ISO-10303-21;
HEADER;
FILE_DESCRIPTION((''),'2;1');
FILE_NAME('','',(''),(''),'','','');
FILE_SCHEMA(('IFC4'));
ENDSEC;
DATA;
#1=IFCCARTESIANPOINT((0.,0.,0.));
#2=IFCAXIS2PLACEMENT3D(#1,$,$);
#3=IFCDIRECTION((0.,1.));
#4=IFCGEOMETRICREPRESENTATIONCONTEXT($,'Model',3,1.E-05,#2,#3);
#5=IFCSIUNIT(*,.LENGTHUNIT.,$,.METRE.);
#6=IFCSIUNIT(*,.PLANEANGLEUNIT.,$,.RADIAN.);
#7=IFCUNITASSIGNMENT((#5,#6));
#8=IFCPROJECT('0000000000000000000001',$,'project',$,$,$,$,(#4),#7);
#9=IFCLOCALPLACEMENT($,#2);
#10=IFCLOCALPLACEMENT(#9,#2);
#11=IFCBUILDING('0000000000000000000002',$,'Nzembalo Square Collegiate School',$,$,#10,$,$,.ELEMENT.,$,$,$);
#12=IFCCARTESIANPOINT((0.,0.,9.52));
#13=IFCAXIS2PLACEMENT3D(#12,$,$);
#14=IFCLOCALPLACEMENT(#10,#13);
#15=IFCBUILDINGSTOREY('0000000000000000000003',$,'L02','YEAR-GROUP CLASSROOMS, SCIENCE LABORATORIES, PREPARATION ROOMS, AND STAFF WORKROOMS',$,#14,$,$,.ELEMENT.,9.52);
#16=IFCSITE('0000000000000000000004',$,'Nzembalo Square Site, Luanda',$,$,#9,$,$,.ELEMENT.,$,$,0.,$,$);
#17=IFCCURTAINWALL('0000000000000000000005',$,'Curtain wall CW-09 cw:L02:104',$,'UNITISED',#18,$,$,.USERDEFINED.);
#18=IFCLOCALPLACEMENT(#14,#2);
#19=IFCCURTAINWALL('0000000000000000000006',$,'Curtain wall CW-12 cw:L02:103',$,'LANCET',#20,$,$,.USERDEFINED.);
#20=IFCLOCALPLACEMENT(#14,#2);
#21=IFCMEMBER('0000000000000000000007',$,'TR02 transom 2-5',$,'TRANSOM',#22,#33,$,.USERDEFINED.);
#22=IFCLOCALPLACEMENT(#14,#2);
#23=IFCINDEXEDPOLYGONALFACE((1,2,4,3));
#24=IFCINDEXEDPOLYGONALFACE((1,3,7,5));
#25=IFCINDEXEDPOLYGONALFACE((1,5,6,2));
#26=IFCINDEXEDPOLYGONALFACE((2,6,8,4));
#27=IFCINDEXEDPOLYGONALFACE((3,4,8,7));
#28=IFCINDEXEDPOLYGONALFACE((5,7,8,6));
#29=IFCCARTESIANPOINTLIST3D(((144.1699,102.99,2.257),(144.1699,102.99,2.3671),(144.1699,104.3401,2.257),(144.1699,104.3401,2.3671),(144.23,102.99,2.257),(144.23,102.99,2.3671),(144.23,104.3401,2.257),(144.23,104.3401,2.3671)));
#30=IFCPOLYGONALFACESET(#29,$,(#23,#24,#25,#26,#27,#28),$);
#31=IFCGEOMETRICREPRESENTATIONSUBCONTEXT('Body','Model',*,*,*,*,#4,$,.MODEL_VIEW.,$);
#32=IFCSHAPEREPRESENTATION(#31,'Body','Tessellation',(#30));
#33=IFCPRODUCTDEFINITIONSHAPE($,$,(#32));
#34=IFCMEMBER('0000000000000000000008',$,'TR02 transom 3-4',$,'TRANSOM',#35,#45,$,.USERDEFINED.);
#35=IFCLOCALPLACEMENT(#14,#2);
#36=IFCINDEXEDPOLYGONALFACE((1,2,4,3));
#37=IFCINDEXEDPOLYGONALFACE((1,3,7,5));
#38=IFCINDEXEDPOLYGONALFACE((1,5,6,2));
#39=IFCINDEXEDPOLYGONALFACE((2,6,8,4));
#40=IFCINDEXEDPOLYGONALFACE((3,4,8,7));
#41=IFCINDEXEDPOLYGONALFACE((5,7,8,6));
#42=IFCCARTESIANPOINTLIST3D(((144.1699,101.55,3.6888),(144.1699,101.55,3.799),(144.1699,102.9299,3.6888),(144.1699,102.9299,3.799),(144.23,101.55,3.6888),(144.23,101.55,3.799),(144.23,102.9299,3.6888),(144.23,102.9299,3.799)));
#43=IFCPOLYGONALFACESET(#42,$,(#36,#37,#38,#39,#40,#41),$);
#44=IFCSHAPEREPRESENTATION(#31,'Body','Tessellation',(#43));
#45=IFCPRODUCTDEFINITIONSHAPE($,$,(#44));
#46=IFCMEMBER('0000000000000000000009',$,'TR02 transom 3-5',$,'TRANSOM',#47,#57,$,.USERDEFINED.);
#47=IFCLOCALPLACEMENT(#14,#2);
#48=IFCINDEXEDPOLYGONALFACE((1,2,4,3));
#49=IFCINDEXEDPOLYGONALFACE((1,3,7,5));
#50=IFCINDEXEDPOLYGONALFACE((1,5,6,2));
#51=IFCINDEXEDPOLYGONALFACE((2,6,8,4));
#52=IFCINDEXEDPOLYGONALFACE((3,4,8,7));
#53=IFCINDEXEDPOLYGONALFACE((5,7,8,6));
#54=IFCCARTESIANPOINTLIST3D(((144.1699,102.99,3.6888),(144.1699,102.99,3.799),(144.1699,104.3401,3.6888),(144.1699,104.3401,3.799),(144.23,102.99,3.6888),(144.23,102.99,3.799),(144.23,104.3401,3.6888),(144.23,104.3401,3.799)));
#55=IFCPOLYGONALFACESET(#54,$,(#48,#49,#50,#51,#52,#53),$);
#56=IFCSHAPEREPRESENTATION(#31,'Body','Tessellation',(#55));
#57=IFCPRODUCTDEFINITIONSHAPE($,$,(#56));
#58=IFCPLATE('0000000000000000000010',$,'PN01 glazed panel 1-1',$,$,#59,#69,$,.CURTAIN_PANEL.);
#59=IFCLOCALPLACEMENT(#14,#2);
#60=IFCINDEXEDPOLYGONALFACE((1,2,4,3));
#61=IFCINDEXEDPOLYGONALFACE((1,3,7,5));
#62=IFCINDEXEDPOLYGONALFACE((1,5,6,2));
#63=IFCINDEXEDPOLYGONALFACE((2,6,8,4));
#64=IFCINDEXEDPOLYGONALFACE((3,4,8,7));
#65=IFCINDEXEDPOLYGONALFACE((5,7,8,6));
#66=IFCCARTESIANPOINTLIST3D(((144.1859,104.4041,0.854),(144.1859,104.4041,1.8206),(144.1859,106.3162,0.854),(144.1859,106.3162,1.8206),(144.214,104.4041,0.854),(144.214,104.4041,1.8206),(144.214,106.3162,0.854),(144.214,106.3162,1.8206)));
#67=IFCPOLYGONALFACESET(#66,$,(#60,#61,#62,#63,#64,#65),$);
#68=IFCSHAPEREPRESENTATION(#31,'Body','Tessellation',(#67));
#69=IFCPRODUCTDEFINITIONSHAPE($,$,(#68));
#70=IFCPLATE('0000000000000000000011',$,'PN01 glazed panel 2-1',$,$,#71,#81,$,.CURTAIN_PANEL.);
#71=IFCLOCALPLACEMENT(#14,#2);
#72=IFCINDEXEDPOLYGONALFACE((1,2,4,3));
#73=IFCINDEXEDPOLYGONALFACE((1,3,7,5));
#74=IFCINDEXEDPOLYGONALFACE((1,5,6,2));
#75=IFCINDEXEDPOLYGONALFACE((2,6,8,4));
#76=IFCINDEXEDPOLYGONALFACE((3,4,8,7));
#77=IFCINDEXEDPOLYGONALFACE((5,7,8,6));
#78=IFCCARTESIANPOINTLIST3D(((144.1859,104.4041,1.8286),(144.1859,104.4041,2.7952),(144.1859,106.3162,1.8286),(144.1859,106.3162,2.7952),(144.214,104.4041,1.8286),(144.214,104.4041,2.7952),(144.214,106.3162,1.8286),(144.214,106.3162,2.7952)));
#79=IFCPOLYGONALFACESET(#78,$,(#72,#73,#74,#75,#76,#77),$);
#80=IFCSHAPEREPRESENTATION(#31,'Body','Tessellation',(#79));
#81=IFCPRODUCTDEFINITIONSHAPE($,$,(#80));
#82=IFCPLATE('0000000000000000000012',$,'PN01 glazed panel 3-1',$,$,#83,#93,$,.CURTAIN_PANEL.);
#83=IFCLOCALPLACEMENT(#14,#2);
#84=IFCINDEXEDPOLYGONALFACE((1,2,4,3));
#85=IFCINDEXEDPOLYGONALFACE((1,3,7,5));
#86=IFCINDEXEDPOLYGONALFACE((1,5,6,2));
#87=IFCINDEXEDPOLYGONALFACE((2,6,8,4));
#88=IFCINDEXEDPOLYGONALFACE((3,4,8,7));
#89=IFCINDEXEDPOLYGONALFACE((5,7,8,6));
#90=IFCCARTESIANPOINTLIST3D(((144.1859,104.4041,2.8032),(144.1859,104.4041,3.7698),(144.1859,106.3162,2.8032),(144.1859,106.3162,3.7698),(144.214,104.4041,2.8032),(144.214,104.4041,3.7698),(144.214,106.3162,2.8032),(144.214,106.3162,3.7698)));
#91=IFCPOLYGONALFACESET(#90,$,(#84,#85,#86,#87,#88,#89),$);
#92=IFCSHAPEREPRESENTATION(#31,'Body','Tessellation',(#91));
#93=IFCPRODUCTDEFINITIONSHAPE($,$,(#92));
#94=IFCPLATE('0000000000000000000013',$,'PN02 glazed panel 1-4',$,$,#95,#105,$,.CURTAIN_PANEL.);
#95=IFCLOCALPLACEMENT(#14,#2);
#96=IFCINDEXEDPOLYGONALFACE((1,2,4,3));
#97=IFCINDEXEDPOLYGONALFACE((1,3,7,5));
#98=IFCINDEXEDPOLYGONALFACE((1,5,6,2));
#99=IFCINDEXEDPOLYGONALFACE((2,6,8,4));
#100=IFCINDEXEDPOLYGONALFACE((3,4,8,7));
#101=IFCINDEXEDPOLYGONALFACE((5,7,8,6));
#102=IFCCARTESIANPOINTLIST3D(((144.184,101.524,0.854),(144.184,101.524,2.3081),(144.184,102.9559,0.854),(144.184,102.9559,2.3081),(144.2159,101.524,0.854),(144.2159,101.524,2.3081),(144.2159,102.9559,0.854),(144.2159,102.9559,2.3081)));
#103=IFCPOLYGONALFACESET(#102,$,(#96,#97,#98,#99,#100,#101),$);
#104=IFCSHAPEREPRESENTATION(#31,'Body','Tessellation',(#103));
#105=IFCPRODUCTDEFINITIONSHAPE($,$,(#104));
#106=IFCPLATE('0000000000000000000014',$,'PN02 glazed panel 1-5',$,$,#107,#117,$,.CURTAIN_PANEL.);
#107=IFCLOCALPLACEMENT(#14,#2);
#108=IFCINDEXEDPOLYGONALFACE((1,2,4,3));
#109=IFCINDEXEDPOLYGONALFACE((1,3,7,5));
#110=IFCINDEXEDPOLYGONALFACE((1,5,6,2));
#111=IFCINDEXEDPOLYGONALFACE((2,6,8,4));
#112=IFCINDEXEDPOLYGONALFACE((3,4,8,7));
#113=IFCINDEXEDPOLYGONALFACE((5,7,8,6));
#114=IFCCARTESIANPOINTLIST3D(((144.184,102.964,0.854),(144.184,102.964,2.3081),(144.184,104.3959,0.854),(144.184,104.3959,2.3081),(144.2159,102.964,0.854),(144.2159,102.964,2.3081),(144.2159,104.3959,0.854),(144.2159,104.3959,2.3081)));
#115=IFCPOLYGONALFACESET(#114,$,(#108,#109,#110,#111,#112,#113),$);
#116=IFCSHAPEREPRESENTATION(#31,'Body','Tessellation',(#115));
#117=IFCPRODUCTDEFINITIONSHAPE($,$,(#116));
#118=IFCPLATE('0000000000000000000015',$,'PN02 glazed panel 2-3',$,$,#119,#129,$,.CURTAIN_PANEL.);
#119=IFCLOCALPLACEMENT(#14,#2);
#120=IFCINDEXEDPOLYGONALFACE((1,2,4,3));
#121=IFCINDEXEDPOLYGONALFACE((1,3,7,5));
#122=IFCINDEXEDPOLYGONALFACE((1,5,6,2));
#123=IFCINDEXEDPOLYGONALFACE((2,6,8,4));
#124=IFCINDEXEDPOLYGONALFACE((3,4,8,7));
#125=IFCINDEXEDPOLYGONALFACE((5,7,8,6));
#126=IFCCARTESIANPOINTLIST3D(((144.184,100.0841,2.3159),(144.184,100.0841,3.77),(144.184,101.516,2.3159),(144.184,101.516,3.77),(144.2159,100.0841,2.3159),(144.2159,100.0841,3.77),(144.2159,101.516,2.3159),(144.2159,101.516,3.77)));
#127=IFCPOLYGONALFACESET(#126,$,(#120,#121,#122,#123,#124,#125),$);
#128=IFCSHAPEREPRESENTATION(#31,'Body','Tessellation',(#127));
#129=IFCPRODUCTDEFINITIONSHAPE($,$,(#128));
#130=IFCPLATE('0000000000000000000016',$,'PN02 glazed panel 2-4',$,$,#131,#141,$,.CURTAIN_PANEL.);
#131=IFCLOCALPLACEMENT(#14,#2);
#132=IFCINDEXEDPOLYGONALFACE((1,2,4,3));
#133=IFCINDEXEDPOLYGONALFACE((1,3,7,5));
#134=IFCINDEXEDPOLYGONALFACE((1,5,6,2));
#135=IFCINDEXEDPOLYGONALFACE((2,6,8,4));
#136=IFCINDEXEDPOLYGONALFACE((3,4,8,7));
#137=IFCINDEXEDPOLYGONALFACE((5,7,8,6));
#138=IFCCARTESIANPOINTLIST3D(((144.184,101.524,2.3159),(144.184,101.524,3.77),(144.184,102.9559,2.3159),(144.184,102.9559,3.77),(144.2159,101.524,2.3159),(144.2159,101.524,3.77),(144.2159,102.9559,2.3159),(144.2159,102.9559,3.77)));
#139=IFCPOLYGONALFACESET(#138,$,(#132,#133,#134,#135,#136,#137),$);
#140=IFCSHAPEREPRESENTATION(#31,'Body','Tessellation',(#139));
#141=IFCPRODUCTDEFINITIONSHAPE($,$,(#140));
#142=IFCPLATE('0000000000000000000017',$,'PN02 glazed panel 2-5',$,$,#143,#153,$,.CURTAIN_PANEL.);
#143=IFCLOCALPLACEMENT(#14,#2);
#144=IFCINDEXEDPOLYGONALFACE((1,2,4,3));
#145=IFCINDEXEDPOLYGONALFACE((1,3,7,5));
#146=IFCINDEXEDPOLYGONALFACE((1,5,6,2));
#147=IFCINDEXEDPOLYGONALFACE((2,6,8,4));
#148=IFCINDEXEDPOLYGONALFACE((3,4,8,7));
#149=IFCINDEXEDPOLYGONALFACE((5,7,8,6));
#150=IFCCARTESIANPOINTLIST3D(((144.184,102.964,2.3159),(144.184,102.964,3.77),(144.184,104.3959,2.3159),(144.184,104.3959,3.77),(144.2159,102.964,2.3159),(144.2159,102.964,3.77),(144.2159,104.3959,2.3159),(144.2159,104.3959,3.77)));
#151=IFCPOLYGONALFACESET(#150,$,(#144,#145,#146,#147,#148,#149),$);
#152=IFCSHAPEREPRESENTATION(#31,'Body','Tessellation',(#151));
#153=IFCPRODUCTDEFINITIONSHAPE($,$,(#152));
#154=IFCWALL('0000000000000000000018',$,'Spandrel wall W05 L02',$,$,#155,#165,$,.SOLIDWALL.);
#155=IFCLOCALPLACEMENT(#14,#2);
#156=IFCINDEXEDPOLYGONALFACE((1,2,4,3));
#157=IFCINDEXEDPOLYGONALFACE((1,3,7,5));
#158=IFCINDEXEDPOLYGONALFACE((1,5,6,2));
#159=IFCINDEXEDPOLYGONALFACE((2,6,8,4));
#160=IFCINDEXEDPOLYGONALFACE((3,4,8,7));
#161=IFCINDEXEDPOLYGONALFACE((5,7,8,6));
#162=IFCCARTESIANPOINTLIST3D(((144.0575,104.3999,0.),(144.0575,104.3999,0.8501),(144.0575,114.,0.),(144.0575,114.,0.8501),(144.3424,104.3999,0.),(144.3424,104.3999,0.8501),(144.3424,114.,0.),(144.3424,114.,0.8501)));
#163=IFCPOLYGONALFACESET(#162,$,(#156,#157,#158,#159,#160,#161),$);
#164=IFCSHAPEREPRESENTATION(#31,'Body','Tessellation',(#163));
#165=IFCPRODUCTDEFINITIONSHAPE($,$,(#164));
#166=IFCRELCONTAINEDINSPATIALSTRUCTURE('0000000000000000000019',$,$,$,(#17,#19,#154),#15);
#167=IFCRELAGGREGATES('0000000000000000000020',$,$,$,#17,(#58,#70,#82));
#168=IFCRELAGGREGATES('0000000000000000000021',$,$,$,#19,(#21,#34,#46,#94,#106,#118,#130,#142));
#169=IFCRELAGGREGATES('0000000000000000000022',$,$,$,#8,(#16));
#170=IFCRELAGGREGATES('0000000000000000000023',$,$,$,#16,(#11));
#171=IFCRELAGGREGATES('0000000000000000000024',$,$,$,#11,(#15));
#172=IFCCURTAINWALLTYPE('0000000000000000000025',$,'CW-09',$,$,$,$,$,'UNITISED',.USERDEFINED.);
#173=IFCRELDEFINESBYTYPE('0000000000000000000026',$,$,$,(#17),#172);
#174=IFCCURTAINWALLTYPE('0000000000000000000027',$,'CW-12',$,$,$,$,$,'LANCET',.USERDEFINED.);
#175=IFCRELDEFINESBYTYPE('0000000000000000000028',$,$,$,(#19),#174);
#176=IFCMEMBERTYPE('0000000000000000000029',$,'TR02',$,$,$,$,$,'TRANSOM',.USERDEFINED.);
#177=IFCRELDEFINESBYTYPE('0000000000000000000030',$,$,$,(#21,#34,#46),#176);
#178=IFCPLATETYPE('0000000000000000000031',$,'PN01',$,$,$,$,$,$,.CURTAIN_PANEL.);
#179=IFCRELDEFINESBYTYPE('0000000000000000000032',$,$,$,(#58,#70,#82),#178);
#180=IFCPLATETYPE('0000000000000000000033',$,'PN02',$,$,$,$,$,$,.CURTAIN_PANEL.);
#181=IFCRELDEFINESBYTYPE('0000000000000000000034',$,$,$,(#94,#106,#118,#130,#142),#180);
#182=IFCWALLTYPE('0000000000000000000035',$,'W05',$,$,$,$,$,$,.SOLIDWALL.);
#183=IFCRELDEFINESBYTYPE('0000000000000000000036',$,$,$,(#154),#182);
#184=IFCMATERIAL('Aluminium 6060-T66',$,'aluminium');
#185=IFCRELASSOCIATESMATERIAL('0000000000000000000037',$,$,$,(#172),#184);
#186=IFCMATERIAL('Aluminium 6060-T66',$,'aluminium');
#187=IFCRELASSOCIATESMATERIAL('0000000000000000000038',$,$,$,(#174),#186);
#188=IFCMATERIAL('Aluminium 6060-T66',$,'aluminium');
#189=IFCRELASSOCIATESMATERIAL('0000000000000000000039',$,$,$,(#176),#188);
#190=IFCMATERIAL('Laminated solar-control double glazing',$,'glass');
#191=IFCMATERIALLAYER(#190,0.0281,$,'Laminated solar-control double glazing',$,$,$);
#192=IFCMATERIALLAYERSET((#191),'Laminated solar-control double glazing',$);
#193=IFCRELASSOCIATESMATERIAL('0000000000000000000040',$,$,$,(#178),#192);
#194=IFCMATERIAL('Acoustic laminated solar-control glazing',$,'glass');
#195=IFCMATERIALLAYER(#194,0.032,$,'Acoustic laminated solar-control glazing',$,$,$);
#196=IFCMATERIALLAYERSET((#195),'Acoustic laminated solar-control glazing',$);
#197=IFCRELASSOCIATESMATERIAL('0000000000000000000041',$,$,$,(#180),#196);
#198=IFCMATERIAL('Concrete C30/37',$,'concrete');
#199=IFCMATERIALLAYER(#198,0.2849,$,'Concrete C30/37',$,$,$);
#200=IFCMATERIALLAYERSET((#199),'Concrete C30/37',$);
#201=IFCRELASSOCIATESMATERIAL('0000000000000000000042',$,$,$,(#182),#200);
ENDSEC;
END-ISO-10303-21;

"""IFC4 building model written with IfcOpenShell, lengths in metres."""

from ifc_helpers import new_model, si_unit, direction, frame, frame_2d, origin, origin_2d, place, context, subcontext, project, spatial, rectangle, extrude, material, layer, layer_set, material_profile, profile_set, type_object, element, aggregate, save


model = new_model("IFC4")

# Units and contexts
model_context = context("Model", 3, precision=1e-05, world=origin(), true_north=direction((0.0, 1.0)))
body_context = subcontext(model_context, "Body", "Model", "MODEL_VIEW")
ifc_project = project(units=[si_unit("LENGTHUNIT", "METRE"), si_unit("PLANEANGLEUNIT", "RADIAN")], contexts=[model_context])

# Site, building, storey
site_placement = place(None, origin())
site = spatial("IfcSite", under=ifc_project, at=site_placement, Name="Nzembalo Square Site, Luanda", CompositionType="ELEMENT", RefElevation=0.0)
building_placement = place(site_placement, origin())
building = spatial("IfcBuilding", under=site, at=building_placement, Name="Nzembalo Square Collegiate School", CompositionType="ELEMENT")
storey_placement = place(building_placement, frame((0.0, 0.0, 9.52)))
storey = spatial("IfcBuildingStorey", under=building, at=storey_placement, Name="L02", Description="YEAR-GROUP CLASSROOMS, SCIENCE LABORATORIES, PREPARATION ROOMS, AND STAFF WORKROOMS", CompositionType="ELEMENT", Elevation=9.52)

# Curtain walls
ifc_material_1 = material(Name="Aluminium 6060-T66", Category="aluminium")
curtain_wall_type_1 = type_object("IfcCurtainWallType", Name="CW-09", ElementType="UNITISED", PredefinedType="USERDEFINED", material=ifc_material_1)
curtain_wall_1_placement = place(storey_placement, origin())
curtain_wall_1 = element("IfcCurtainWall", 1, at=curtain_wall_1_placement, inside=storey, type_object=curtain_wall_type_1, Name="Curtain wall CW-09 cw:L02:104", ObjectType="UNITISED", PredefinedType="USERDEFINED")
ifc_material_2 = material(Name="Aluminium 6060-T66", Category="aluminium")
curtain_wall_type_2 = type_object("IfcCurtainWallType", Name="CW-12", ElementType="LANCET", PredefinedType="USERDEFINED", material=ifc_material_2)
curtain_wall_2_placement = place(storey_placement, origin())
curtain_wall_2 = element("IfcCurtainWall", 2, at=curtain_wall_2_placement, inside=storey, type_object=curtain_wall_type_2, Name="Curtain wall CW-12 cw:L02:103", ObjectType="LANCET", PredefinedType="USERDEFINED")

# Members
ifc_material_3 = material(Name="Aluminium 6060-T66", Category="aluminium")
ifc_material_profile_1 = material_profile(ifc_material_3, rectangle(XDim=0.0601, YDim=0.1101, at=origin_2d()), Name="ALU T60x110")
ifc_profile_set_1 = profile_set([ifc_material_profile_1], Name="Aluminium 6060-T66")
member_type_1 = type_object("IfcMemberType", Name="TR02", ElementType="TRANSOM", PredefinedType="USERDEFINED", material=ifc_profile_set_1)
member_1_placement = place(storey_placement, frame((144.2, 102.99, 2.312), z_axis=(0.0, 1.0, 0.0), x_axis=(-1.0, 0.0, 0.0)))
member_1 = element("IfcMember", 3, at=member_1_placement, type_object=member_type_1, Name="TR02 transom 2-5", ObjectType="TRANSOM", PredefinedType="USERDEFINED", context=body_context, shape_type="SweptSolid", body=[
    extrude(rectangle(XDim=0.0601, YDim=0.1101, at=origin_2d()), origin(), (0.0, 0.0, 1.0), 1.3501),
])
member_2_placement = place(storey_placement, frame((144.2, 101.55, 3.7439), z_axis=(0.0, 1.0, 0.0), x_axis=(-1.0, 0.0, 0.0)))
member_2 = element("IfcMember", 4, at=member_2_placement, type_object=member_type_1, Name="TR02 transom 3-4", ObjectType="TRANSOM", PredefinedType="USERDEFINED", context=body_context, shape_type="SweptSolid", body=[
    extrude(rectangle(XDim=0.0601, YDim=0.1101, at=origin_2d()), origin(), (0.0, 0.0, 1.0), 1.3799),
])
member_3_placement = place(storey_placement, frame((144.2, 102.99, 3.7439), z_axis=(0.0, 1.0, 0.0), x_axis=(-1.0, 0.0, 0.0)))
member_3 = element("IfcMember", 5, at=member_3_placement, type_object=member_type_1, Name="TR02 transom 3-5", ObjectType="TRANSOM", PredefinedType="USERDEFINED", context=body_context, shape_type="SweptSolid", body=[
    extrude(rectangle(XDim=0.0601, YDim=0.1101, at=origin_2d()), origin(), (0.0, 0.0, 1.0), 1.3501),
])

# Plates
ifc_material_4 = material(Name="Laminated solar-control double glazing", Category="glass")
ifc_layer_1 = layer(ifc_material_4, 0.0281, Name="Laminated solar-control double glazing")
ifc_layer_set_1 = layer_set([ifc_layer_1], Name="Laminated solar-control double glazing")
plate_type_1 = type_object("IfcPlateType", Name="PN01", PredefinedType="CURTAIN_PANEL", material=ifc_layer_set_1)
plate_1_placement = place(storey_placement, frame((144.2, 105.3601, 0.854), z_axis=(0.0, 0.0, 1.0), x_axis=(0.0, 1.0, 0.0)))
plate_1 = element("IfcPlate", 6, at=plate_1_placement, type_object=plate_type_1, Name="PN01 glazed panel 1-1", PredefinedType="CURTAIN_PANEL", context=body_context, shape_type="SweptSolid", body=[
    extrude(rectangle(XDim=1.9121, YDim=0.0281, at=origin_2d()), origin(), (0.0, 0.0, 1.0), 0.9666),
])
plate_2_placement = place(storey_placement, frame((144.2, 105.3601, 1.8286), z_axis=(0.0, 0.0, 1.0), x_axis=(0.0, 1.0, 0.0)))
plate_2 = element("IfcPlate", 7, at=plate_2_placement, type_object=plate_type_1, Name="PN01 glazed panel 2-1", PredefinedType="CURTAIN_PANEL", context=body_context, shape_type="SweptSolid", body=[
    extrude(rectangle(XDim=1.9121, YDim=0.0281, at=origin_2d()), origin(), (0.0, 0.0, 1.0), 0.9666),
])
plate_3_placement = place(storey_placement, frame((144.2, 105.3601, 2.8032), z_axis=(0.0, 0.0, 1.0), x_axis=(0.0, 1.0, 0.0)))
plate_3 = element("IfcPlate", 8, at=plate_3_placement, type_object=plate_type_1, Name="PN01 glazed panel 3-1", PredefinedType="CURTAIN_PANEL", context=body_context, shape_type="SweptSolid", body=[
    extrude(rectangle(XDim=1.9121, YDim=0.0281, at=origin_2d()), origin(), (0.0, 0.0, 1.0), 0.9666),
])
aggregate(curtain_wall_1, [plate_1, plate_2, plate_3])
ifc_material_5 = material(Name="Acoustic laminated solar-control glazing", Category="glass")
ifc_layer_2 = layer(ifc_material_5, 0.032, Name="Acoustic laminated solar-control glazing")
ifc_layer_set_2 = layer_set([ifc_layer_2], Name="Acoustic laminated solar-control glazing")
plate_type_2 = type_object("IfcPlateType", Name="PN02", PredefinedType="CURTAIN_PANEL", material=ifc_layer_set_2)
plate_4_placement = place(storey_placement, frame((144.2, 102.24, 0.854), z_axis=(0.0, 0.0, 1.0), x_axis=(0.0, 1.0, 0.0)))
plate_4 = element("IfcPlate", 9, at=plate_4_placement, type_object=plate_type_2, Name="PN02 glazed panel 1-4", PredefinedType="CURTAIN_PANEL", context=body_context, shape_type="SweptSolid", body=[
    extrude(rectangle(XDim=1.4319, YDim=0.032, at=origin_2d()), origin(), (0.0, 0.0, 1.0), 1.4541),
])
plate_5_placement = place(storey_placement, frame((144.2, 103.6799, 0.854), z_axis=(0.0, 0.0, 1.0), x_axis=(0.0, 1.0, 0.0)))
plate_5 = element("IfcPlate", 10, at=plate_5_placement, type_object=plate_type_2, Name="PN02 glazed panel 1-5", PredefinedType="CURTAIN_PANEL", context=body_context, shape_type="SweptSolid", body=[
    extrude(rectangle(XDim=1.4319, YDim=0.032, at=origin_2d()), origin(), (0.0, 0.0, 1.0), 1.4541),
])
plate_6_placement = place(storey_placement, frame((144.2, 100.8, 2.3159), z_axis=(0.0, 0.0, 1.0), x_axis=(0.0, 1.0, 0.0)))
plate_6 = element("IfcPlate", 11, at=plate_6_placement, type_object=plate_type_2, Name="PN02 glazed panel 2-3", PredefinedType="CURTAIN_PANEL", context=body_context, shape_type="SweptSolid", body=[
    extrude(rectangle(XDim=1.4319, YDim=0.032, at=origin_2d()), origin(), (0.0, 0.0, 1.0), 1.4541),
])
plate_7_placement = place(storey_placement, frame((144.2, 102.24, 2.3159), z_axis=(0.0, 0.0, 1.0), x_axis=(0.0, 1.0, 0.0)))
plate_7 = element("IfcPlate", 12, at=plate_7_placement, type_object=plate_type_2, Name="PN02 glazed panel 2-4", PredefinedType="CURTAIN_PANEL", context=body_context, shape_type="SweptSolid", body=[
    extrude(rectangle(XDim=1.4319, YDim=0.032, at=origin_2d()), origin(), (0.0, 0.0, 1.0), 1.4541),
])
plate_8_placement = place(storey_placement, frame((144.2, 103.6799, 2.3159), z_axis=(0.0, 0.0, 1.0), x_axis=(0.0, 1.0, 0.0)))
plate_8 = element("IfcPlate", 13, at=plate_8_placement, type_object=plate_type_2, Name="PN02 glazed panel 2-5", PredefinedType="CURTAIN_PANEL", context=body_context, shape_type="SweptSolid", body=[
    extrude(rectangle(XDim=1.4319, YDim=0.032, at=origin_2d()), origin(), (0.0, 0.0, 1.0), 1.4541),
])
aggregate(curtain_wall_2, [member_1, member_2, member_3, plate_4, plate_5, plate_6, plate_7, plate_8])

# Wall
ifc_material_6 = material(Name="Concrete C30/37", Category="concrete")
ifc_layer_3 = layer(ifc_material_6, 0.2849, Name="Concrete C30/37")
ifc_layer_set_3 = layer_set([ifc_layer_3], Name="Concrete C30/37")
wall_type = type_object("IfcWallType", Name="W05", PredefinedType="SOLIDWALL", material=ifc_layer_set_3)
wall_placement = place(storey_placement, frame((144.2, 104.3999, 0.0), z_axis=(0.0, 0.0, 1.0), x_axis=(0.0, 1.0, 0.0)))
element("IfcWall", 14, at=wall_placement, inside=storey, type_object=wall_type, Name="Spandrel wall W05 L02", PredefinedType="SOLIDWALL", context=body_context, shape_type="SweptSolid", body=[
    extrude(rectangle(XDim=9.6001, YDim=0.2849, at=frame_2d((4.8, 0.0))), origin(), (0.0, 0.0, 1.0), 0.8501),
])

save(model, "model.ifc")
